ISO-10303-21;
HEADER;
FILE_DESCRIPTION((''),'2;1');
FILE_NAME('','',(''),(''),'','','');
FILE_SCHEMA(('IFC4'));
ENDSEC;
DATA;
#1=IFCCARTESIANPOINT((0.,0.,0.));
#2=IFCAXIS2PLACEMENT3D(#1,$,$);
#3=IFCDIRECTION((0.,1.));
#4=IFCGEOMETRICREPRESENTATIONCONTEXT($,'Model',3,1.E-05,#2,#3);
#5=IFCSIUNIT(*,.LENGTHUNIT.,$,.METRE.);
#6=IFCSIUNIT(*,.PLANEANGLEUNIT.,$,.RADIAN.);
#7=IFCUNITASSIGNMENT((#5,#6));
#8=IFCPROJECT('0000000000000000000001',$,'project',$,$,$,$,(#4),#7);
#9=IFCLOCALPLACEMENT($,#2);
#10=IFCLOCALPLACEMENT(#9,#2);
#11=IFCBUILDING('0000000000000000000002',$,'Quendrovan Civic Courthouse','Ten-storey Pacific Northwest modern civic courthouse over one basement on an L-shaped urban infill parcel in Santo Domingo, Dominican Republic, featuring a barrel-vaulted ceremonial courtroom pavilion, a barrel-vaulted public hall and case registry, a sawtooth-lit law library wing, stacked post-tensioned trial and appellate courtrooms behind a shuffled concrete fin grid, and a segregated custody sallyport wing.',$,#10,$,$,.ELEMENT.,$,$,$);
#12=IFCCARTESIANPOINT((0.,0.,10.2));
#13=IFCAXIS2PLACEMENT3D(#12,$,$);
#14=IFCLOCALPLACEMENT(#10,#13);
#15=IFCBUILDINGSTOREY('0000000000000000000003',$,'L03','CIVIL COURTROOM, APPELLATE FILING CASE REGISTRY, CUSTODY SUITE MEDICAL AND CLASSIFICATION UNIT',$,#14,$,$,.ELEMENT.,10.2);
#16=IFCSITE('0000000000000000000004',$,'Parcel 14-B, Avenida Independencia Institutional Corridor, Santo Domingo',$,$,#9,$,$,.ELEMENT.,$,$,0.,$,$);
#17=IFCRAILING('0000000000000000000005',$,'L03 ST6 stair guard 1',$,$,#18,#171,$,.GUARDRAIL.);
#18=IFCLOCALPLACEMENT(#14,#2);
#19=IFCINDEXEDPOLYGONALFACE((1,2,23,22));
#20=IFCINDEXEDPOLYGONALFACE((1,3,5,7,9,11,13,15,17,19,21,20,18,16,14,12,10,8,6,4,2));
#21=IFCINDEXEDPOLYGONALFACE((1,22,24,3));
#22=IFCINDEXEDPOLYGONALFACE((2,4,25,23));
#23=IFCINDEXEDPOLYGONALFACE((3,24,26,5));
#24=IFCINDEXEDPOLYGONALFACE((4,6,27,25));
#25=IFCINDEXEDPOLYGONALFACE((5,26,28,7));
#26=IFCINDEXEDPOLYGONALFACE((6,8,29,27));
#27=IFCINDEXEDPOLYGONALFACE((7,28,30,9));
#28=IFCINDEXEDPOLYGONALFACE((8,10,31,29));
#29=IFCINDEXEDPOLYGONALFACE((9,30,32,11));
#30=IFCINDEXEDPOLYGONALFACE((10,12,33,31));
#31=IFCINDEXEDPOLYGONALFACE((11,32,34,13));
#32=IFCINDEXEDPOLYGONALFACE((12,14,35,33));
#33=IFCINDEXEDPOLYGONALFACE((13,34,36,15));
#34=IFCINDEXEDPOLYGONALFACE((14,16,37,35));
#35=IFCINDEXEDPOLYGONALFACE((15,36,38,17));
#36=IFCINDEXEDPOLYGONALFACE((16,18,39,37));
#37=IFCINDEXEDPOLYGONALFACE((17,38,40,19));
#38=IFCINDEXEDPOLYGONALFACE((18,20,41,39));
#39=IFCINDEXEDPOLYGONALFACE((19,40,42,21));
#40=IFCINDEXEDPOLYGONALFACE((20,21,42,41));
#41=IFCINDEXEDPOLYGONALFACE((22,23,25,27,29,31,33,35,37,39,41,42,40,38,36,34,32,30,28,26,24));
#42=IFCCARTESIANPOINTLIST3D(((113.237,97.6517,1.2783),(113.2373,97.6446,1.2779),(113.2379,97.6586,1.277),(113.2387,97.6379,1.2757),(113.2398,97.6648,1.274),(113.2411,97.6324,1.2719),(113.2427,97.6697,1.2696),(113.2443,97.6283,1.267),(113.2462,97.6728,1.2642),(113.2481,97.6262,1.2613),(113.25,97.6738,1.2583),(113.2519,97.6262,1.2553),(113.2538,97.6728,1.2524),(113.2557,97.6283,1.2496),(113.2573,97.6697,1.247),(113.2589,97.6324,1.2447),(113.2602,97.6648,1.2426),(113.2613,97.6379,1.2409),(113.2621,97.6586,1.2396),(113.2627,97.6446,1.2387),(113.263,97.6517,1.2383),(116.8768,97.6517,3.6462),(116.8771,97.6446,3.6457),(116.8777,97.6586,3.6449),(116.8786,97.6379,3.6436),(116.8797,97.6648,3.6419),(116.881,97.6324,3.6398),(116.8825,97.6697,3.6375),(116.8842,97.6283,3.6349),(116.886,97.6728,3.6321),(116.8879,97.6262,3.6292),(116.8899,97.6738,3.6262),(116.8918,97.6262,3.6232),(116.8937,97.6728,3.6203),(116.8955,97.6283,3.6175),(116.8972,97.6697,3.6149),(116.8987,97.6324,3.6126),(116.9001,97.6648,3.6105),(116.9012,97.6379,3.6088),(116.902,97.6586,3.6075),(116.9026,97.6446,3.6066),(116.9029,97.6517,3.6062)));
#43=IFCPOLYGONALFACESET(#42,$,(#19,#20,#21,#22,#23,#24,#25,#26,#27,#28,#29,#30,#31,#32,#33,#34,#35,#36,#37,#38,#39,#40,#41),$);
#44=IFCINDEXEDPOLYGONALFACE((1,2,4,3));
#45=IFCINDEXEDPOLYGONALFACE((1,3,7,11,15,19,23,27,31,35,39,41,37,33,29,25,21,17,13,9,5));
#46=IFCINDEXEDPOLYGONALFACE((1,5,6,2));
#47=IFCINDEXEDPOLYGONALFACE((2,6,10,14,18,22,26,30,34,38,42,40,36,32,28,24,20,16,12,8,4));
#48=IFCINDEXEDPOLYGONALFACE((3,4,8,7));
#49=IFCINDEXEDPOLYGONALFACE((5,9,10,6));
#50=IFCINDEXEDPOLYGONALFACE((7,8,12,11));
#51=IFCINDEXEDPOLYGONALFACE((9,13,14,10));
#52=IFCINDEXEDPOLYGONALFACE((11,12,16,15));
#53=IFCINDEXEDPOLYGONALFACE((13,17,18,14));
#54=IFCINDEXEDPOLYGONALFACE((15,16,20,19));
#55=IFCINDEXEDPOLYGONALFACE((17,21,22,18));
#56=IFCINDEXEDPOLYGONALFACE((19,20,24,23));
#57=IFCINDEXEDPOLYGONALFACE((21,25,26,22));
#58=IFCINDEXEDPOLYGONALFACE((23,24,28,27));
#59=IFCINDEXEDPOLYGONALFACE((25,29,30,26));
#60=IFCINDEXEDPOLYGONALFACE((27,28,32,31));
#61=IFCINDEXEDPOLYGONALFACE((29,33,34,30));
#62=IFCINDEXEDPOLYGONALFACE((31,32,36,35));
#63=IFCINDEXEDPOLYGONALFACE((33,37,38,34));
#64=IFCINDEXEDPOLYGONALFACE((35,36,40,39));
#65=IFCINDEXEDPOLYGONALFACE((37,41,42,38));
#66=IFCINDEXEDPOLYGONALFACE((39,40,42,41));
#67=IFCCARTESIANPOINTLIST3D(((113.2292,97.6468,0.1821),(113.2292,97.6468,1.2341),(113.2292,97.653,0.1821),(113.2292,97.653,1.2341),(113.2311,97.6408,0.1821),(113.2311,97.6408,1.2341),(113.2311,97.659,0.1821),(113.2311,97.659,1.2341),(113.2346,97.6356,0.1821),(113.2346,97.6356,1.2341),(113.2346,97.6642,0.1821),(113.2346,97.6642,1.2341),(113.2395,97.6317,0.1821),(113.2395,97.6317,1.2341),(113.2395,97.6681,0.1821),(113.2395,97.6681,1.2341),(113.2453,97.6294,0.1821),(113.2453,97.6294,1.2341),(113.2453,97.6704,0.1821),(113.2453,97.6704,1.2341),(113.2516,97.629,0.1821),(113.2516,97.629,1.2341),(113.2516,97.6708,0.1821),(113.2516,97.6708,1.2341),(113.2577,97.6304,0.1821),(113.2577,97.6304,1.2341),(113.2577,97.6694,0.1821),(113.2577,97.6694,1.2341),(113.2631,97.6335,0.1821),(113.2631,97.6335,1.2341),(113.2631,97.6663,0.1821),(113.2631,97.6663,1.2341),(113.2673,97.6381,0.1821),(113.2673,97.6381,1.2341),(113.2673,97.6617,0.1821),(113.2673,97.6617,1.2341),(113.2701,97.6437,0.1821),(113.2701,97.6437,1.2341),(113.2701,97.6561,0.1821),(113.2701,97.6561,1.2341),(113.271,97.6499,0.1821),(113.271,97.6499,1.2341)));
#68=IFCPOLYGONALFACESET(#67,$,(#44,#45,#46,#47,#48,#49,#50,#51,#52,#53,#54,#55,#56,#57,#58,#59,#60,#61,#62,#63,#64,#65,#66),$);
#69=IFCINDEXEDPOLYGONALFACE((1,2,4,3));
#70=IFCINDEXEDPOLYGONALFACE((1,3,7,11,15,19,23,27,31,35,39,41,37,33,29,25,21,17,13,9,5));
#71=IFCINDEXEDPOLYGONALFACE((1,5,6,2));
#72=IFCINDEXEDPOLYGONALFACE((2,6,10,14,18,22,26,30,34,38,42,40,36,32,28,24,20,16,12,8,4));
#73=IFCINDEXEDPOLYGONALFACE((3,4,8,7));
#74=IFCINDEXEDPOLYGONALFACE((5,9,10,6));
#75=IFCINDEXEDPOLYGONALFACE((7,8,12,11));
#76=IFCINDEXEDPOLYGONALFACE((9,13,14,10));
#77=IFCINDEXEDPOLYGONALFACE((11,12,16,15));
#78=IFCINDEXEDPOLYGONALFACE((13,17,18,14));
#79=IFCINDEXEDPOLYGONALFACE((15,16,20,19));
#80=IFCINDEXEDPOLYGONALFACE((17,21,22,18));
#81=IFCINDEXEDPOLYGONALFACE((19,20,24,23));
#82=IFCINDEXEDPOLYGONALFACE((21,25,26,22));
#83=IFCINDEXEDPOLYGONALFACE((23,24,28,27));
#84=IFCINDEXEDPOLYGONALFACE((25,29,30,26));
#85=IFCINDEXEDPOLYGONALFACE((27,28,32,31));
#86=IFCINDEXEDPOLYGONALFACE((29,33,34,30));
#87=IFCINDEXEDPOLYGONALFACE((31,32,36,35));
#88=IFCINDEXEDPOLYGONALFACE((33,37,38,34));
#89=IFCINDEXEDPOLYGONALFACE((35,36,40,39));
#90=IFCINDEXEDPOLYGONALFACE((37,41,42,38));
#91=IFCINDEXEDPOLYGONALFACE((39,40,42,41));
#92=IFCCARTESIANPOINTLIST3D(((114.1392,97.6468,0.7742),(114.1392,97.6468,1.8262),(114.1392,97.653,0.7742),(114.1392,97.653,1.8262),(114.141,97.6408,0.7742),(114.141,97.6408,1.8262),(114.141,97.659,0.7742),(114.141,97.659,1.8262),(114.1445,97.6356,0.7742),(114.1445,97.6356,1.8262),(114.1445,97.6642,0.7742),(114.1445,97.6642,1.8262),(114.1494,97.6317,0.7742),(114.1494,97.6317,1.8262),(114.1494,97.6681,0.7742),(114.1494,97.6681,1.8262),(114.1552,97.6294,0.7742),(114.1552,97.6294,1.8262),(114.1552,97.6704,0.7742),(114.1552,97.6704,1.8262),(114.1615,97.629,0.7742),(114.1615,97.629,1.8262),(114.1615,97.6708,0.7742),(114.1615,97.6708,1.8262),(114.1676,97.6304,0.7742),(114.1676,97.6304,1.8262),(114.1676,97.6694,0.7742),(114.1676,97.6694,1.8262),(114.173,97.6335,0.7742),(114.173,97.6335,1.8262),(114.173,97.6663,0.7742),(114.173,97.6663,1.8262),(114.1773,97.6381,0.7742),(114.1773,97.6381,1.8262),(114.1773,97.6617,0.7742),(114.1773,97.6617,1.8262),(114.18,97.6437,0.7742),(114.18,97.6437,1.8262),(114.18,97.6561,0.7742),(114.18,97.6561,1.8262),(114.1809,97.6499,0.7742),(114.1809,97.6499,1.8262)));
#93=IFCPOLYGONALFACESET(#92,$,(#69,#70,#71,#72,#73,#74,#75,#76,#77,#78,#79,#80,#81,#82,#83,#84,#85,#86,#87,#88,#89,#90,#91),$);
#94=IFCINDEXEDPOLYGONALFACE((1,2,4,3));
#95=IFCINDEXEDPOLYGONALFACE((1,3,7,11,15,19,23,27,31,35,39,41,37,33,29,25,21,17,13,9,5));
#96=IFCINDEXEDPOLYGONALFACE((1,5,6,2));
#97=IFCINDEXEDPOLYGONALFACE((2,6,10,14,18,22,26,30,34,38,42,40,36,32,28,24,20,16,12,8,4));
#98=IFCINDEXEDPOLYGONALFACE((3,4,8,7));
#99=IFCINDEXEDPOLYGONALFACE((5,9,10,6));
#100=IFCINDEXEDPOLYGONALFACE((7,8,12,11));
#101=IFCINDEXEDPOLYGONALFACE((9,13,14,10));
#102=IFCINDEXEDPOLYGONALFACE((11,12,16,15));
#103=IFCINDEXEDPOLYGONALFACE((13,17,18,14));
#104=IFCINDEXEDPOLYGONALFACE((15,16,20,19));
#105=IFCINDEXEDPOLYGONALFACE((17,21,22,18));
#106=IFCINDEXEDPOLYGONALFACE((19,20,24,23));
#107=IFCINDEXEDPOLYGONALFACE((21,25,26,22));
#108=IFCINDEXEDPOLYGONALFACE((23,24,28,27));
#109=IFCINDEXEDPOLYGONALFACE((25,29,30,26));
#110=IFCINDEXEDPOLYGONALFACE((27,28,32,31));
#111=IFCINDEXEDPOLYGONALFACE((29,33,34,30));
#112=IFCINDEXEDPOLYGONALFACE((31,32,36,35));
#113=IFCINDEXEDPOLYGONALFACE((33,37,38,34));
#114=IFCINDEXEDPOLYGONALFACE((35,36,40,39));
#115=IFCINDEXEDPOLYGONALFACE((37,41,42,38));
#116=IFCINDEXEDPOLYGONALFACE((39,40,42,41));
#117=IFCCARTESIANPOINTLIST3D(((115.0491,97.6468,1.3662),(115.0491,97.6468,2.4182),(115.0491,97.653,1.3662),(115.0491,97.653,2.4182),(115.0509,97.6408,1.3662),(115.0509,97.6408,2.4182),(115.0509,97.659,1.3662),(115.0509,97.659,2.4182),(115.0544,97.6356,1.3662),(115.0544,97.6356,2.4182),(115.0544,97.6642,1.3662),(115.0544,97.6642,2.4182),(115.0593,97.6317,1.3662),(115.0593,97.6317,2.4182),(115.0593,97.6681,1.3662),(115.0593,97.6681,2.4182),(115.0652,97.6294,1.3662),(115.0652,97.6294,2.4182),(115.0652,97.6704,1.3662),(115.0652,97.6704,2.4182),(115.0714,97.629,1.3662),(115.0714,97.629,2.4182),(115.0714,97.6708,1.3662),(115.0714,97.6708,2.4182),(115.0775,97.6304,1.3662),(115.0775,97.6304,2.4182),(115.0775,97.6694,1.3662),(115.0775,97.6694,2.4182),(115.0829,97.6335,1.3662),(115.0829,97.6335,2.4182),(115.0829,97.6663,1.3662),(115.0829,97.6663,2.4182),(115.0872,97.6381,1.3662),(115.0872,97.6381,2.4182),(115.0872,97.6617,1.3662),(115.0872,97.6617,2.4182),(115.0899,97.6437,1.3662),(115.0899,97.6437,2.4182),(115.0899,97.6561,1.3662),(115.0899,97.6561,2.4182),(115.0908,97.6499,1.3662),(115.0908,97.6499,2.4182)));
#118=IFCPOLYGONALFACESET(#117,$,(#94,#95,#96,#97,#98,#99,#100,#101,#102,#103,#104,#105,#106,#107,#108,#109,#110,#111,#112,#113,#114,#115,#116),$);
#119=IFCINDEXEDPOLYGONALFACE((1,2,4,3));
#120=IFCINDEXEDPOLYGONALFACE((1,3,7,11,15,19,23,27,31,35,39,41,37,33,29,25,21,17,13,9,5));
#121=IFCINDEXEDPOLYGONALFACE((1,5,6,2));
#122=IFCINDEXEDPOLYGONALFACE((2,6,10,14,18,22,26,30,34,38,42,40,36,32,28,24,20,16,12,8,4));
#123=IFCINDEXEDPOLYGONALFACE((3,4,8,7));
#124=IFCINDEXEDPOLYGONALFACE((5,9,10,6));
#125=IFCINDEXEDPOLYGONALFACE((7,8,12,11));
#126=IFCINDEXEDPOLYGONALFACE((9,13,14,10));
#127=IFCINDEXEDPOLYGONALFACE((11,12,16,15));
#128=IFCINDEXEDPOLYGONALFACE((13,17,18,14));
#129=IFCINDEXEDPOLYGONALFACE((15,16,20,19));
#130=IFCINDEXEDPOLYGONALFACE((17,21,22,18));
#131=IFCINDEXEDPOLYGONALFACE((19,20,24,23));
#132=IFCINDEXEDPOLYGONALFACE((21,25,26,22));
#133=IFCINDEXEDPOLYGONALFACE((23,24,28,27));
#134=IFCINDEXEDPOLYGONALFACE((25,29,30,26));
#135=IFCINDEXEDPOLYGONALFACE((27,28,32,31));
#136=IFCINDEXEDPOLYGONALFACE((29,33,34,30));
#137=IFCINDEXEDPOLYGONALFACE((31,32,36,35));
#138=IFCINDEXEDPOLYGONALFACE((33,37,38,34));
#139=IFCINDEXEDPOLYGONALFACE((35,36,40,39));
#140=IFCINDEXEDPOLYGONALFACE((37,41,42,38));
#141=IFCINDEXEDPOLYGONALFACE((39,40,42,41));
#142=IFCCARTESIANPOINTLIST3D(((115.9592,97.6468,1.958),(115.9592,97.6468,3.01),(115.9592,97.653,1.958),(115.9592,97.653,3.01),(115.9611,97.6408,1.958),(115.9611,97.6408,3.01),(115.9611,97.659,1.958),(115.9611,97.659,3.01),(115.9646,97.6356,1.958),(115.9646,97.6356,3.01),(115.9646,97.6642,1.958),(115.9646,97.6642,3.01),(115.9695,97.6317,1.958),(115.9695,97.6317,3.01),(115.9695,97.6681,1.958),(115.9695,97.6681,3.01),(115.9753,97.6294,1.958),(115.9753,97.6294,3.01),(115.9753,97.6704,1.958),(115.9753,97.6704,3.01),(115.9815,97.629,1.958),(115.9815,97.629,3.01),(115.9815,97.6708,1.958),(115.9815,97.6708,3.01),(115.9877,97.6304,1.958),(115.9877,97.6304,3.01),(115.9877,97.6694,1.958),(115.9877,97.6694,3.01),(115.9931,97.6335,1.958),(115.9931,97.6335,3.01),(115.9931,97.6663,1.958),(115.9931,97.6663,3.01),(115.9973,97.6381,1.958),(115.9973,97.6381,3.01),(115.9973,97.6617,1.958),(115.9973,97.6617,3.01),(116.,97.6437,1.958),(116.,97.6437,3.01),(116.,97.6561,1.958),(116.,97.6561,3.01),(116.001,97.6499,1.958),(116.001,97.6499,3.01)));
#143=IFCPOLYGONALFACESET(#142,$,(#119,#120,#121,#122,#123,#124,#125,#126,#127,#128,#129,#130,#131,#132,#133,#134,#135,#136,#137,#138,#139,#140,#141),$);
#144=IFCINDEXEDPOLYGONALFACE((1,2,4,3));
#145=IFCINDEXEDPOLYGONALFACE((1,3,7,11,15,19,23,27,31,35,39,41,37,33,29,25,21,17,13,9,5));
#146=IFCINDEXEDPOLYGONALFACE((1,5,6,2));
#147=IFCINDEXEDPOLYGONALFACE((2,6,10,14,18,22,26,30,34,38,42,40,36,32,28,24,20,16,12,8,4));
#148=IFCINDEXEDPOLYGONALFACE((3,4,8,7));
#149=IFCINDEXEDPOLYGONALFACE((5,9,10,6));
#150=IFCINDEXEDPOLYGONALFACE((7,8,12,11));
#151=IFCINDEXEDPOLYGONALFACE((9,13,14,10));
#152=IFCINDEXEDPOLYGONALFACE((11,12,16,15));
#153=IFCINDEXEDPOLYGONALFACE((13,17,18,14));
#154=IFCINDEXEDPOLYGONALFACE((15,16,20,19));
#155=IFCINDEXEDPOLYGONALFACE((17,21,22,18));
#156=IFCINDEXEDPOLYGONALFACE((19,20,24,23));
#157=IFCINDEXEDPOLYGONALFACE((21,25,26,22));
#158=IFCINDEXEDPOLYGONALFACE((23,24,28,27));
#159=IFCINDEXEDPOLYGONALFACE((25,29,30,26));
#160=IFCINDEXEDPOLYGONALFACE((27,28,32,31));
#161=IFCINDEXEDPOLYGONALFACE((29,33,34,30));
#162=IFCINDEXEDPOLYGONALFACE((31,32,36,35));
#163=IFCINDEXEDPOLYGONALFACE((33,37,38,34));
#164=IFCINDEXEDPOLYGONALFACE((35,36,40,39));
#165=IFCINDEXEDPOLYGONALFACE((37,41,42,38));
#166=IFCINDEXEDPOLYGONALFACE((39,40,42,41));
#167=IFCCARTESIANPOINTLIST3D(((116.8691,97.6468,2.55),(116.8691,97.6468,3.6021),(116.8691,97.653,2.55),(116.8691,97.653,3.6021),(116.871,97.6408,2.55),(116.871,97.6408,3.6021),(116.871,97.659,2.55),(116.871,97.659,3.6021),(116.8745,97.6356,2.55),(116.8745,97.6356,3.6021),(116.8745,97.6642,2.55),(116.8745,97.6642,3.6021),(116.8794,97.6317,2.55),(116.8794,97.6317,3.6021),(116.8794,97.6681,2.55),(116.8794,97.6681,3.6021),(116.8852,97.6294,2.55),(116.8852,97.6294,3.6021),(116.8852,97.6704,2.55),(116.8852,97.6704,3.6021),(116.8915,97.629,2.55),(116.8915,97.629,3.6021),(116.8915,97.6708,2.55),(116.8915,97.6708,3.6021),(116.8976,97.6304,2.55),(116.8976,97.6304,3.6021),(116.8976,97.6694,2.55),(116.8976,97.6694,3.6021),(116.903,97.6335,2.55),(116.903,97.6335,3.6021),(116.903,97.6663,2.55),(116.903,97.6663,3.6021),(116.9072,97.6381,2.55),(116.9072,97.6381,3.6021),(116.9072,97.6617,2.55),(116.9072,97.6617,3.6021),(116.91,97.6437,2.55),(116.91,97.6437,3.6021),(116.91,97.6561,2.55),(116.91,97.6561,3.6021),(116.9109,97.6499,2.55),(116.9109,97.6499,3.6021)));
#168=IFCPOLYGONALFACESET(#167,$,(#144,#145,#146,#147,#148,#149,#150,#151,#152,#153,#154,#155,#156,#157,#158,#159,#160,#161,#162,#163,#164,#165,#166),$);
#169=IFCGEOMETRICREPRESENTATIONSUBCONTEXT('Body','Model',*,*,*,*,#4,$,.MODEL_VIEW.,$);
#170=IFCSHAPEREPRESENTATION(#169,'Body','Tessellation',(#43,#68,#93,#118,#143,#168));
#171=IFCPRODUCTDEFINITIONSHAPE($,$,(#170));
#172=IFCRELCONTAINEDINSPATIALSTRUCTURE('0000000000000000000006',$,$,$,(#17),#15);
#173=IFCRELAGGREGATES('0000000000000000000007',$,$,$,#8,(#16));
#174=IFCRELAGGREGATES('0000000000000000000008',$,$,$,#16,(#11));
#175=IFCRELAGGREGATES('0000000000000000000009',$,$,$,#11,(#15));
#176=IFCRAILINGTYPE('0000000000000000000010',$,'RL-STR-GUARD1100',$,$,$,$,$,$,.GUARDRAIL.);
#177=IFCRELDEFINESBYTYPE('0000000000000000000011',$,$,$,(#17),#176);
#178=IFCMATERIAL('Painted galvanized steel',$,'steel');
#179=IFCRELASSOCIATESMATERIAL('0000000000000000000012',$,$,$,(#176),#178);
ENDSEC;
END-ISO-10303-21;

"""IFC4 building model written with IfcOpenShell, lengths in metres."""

from ifc_helpers import new_model, si_unit, direction, frame, origin, origin_2d, place, context, subcontext, project, spatial, circle, extrude, material, type_object, element, save


model = new_model("IFC4")

# Units and contexts
model_context = context("Model", 3, precision=1e-05, world=origin(), true_north=direction((0.0, 1.0)))
body_context = subcontext(model_context, "Body", "Model", "MODEL_VIEW")
ifc_project = project(units=[si_unit("LENGTHUNIT", "METRE"), si_unit("PLANEANGLEUNIT", "RADIAN")], contexts=[model_context])

# Site, building, storey
site_placement = place(None, origin())
site = spatial("IfcSite", under=ifc_project, at=site_placement, Name="Parcel 14-B, Avenida Independencia Institutional Corridor, Santo Domingo", CompositionType="ELEMENT", RefElevation=0.0)
building_placement = place(site_placement, origin())
building = spatial("IfcBuilding", under=site, at=building_placement, Name="Quendrovan Civic Courthouse", Description="Ten-storey Pacific Northwest modern civic courthouse over one basement on an L-shaped urban infill parcel in Santo Domingo, Dominican Republic, featuring a barrel-vaulted ceremonial courtroom pavilion, a barrel-vaulted public hall and case registry, a sawtooth-lit law library wing, stacked post-tensioned trial and appellate courtrooms behind a shuffled concrete fin grid, and a segregated custody sallyport wing.", CompositionType="ELEMENT")
storey_placement = place(building_placement, frame((0.0, 0.0, 10.2)))
storey = spatial("IfcBuildingStorey", under=building, at=storey_placement, Name="L03", Description="CIVIL COURTROOM, APPELLATE FILING CASE REGISTRY, CUSTODY SUITE MEDICAL AND CLASSIFICATION UNIT", CompositionType="ELEMENT", Elevation=10.2)

# Railing
ifc_material_1 = material(Name="Painted galvanized steel", Category="steel")
railing_type_1 = type_object("IfcRailingType", Name="RL-STR-GUARD1100", PredefinedType="GUARDRAIL", material=ifc_material_1)
railing_1_placement = place(storey_placement, frame((113.25, 97.6499, 0.1821)))
element("IfcRailing", 1, at=railing_1_placement, inside=storey, type_object=railing_type_1, Name="L03 ST6 stair guard 1", PredefinedType="GUARDRAIL", context=body_context, shape_type="SweptSolid", body=[
    extrude(circle(Radius=0.0239, at=origin_2d()), frame((0.0, 0.0, 1.0762), z_axis=(0.838234, 0.0, 0.54531), x_axis=(0.0, 1.0, 0.0)), (0.0, 0.0, 1.0), 4.3423),
    extrude(circle(Radius=0.021, at=origin_2d()), origin(), (0.0, 0.0, 1.0), 1.052),
    extrude(circle(Radius=0.021, at=origin_2d()), frame((0.9099, 0.0, 0.592)), (0.0, 0.0, 1.0), 1.052),
    extrude(circle(Radius=0.021, at=origin_2d()), frame((1.8198, 0.0, 1.1841)), (0.0, 0.0, 1.0), 1.052),
    extrude(circle(Radius=0.021, at=origin_2d()), frame((2.73, 0.0, 1.7759)), (0.0, 0.0, 1.0), 1.052),
    extrude(circle(Radius=0.021, at=origin_2d()), frame((3.6399, 0.0, 2.3679)), (0.0, 0.0, 1.0), 1.052),
])

save(model, "model.ifc")
